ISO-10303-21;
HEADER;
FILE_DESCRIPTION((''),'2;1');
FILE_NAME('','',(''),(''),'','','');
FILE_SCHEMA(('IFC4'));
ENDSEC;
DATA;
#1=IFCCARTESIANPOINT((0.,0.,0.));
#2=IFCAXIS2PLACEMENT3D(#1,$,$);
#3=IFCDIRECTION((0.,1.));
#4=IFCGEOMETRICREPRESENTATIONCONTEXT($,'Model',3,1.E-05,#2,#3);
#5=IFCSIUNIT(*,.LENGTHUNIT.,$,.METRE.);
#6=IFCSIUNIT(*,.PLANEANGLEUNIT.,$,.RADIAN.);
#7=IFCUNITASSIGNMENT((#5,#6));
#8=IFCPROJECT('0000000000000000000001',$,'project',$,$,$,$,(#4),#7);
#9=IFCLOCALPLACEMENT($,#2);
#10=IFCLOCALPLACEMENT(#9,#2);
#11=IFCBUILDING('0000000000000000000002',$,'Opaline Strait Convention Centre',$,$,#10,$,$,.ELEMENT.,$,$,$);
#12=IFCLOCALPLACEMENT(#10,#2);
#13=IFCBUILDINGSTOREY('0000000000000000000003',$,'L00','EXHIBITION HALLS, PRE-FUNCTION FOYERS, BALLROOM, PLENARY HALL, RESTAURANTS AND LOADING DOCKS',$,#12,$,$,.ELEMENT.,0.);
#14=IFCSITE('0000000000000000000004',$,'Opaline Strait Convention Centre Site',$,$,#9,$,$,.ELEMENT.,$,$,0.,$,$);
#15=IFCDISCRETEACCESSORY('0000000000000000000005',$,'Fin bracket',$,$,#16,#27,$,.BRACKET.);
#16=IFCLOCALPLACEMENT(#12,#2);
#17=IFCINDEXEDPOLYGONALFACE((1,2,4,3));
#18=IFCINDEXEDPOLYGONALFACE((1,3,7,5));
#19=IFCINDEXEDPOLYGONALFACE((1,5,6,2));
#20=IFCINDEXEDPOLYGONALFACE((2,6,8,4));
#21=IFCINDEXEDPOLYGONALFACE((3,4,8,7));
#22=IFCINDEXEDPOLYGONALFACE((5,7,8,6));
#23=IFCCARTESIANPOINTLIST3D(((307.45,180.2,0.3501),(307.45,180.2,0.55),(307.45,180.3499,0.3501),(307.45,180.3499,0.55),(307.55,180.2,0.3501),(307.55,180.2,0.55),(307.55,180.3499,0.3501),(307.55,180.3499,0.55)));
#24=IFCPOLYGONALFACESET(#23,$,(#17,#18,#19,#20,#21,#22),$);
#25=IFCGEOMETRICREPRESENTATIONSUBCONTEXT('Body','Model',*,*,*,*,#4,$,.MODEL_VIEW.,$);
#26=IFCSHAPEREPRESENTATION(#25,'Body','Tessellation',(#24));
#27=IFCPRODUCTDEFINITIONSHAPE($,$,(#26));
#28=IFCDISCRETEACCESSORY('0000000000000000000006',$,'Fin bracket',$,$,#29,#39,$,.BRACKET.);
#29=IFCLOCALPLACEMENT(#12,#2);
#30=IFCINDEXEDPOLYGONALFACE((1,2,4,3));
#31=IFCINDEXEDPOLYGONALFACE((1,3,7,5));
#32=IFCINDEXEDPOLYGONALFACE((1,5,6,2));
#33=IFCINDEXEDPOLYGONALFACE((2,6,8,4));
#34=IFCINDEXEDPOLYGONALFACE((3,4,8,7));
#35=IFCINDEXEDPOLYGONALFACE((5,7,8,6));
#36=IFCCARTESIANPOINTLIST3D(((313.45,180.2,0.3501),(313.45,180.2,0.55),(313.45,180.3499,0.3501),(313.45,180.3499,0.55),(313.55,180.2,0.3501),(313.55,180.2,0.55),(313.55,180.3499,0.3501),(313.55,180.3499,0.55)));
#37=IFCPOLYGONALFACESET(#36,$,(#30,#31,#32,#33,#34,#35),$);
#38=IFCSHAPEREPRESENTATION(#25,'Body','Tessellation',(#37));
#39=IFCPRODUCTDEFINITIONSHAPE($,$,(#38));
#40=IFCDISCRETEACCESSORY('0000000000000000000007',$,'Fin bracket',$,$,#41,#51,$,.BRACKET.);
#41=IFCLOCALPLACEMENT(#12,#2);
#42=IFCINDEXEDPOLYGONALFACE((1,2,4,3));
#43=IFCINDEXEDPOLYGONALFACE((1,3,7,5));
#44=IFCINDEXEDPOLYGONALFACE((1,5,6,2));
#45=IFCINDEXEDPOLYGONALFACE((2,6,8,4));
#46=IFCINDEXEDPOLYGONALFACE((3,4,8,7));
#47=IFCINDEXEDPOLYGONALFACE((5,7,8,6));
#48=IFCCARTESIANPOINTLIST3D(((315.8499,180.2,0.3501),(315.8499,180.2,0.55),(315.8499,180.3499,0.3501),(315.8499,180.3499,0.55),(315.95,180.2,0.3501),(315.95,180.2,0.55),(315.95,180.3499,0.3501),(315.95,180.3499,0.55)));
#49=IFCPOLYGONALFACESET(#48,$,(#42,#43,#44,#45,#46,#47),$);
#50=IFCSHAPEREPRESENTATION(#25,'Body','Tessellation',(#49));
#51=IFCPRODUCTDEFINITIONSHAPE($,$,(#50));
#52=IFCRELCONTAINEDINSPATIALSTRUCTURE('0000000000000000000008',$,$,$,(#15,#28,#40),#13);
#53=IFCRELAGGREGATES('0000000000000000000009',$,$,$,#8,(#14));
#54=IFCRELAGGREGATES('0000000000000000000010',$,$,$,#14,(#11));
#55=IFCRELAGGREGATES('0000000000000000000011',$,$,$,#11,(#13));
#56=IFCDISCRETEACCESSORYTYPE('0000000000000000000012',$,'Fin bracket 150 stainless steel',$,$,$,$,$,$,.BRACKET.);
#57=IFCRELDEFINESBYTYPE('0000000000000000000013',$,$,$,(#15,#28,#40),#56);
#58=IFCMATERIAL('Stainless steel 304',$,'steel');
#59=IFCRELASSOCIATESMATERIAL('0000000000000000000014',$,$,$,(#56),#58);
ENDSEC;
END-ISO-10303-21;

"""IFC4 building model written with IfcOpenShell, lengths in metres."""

from ifc_helpers import new_model, si_unit, direction, frame, origin, origin_2d, place, context, subcontext, project, spatial, rectangle, extrude, material, type_object, element, save


model = new_model("IFC4")

# Units and contexts
model_context = context("Model", 3, precision=1e-05, world=origin(), true_north=direction((0.0, 1.0)))
body_context = subcontext(model_context, "Body", "Model", "MODEL_VIEW")
ifc_project = project(units=[si_unit("LENGTHUNIT", "METRE"), si_unit("PLANEANGLEUNIT", "RADIAN")], contexts=[model_context])

# Site, building, storey
site_placement = place(None, origin())
site = spatial("IfcSite", under=ifc_project, at=site_placement, Name="Opaline Strait Convention Centre Site", CompositionType="ELEMENT", RefElevation=0.0)
building_placement = place(site_placement, origin())
building = spatial("IfcBuilding", under=site, at=building_placement, Name="Opaline Strait Convention Centre", CompositionType="ELEMENT")
storey_placement = place(building_placement, origin())
storey = spatial("IfcBuildingStorey", under=building, at=storey_placement, Name="L00", Description="EXHIBITION HALLS, PRE-FUNCTION FOYERS, BALLROOM, PLENARY HALL, RESTAURANTS AND LOADING DOCKS", CompositionType="ELEMENT", Elevation=0.0)

# Discrete accessories
ifc_material_1 = material(Name="Stainless steel 304", Category="steel")
discrete_accessory_type = type_object("IfcDiscreteAccessoryType", Name="Fin bracket 150 stainless steel", PredefinedType="BRACKET", material=ifc_material_1)
for number, where, z_axis, x_axis, name in (
    (1, (307.5, 180.2749, 0.3501), (0.0, 0.0, 1.0), (1.0, 0.0, 0.0), "Fin bracket"),
    (2, (313.5, 180.2749, 0.3501), (0.0, 0.0, 1.0), (1.0, 0.0, 0.0), "Fin bracket"),
    (3, (315.8999, 180.2749, 0.3501), (0.0, 0.0, 1.0), (1.0, 0.0, 0.0), "Fin bracket"),
):
    element("IfcDiscreteAccessory", number, at=place(storey_placement, frame(where, z_axis=z_axis, x_axis=x_axis)), inside=storey, type_object=discrete_accessory_type, Name=name, PredefinedType="BRACKET", context=body_context, shape_type="SweptSolid", body=[
        extrude(rectangle(XDim=0.1001, YDim=0.1499, at=origin_2d()), origin(), (0.0, 0.0, 1.0), 0.2),
    ])

save(model, "model.ifc")
